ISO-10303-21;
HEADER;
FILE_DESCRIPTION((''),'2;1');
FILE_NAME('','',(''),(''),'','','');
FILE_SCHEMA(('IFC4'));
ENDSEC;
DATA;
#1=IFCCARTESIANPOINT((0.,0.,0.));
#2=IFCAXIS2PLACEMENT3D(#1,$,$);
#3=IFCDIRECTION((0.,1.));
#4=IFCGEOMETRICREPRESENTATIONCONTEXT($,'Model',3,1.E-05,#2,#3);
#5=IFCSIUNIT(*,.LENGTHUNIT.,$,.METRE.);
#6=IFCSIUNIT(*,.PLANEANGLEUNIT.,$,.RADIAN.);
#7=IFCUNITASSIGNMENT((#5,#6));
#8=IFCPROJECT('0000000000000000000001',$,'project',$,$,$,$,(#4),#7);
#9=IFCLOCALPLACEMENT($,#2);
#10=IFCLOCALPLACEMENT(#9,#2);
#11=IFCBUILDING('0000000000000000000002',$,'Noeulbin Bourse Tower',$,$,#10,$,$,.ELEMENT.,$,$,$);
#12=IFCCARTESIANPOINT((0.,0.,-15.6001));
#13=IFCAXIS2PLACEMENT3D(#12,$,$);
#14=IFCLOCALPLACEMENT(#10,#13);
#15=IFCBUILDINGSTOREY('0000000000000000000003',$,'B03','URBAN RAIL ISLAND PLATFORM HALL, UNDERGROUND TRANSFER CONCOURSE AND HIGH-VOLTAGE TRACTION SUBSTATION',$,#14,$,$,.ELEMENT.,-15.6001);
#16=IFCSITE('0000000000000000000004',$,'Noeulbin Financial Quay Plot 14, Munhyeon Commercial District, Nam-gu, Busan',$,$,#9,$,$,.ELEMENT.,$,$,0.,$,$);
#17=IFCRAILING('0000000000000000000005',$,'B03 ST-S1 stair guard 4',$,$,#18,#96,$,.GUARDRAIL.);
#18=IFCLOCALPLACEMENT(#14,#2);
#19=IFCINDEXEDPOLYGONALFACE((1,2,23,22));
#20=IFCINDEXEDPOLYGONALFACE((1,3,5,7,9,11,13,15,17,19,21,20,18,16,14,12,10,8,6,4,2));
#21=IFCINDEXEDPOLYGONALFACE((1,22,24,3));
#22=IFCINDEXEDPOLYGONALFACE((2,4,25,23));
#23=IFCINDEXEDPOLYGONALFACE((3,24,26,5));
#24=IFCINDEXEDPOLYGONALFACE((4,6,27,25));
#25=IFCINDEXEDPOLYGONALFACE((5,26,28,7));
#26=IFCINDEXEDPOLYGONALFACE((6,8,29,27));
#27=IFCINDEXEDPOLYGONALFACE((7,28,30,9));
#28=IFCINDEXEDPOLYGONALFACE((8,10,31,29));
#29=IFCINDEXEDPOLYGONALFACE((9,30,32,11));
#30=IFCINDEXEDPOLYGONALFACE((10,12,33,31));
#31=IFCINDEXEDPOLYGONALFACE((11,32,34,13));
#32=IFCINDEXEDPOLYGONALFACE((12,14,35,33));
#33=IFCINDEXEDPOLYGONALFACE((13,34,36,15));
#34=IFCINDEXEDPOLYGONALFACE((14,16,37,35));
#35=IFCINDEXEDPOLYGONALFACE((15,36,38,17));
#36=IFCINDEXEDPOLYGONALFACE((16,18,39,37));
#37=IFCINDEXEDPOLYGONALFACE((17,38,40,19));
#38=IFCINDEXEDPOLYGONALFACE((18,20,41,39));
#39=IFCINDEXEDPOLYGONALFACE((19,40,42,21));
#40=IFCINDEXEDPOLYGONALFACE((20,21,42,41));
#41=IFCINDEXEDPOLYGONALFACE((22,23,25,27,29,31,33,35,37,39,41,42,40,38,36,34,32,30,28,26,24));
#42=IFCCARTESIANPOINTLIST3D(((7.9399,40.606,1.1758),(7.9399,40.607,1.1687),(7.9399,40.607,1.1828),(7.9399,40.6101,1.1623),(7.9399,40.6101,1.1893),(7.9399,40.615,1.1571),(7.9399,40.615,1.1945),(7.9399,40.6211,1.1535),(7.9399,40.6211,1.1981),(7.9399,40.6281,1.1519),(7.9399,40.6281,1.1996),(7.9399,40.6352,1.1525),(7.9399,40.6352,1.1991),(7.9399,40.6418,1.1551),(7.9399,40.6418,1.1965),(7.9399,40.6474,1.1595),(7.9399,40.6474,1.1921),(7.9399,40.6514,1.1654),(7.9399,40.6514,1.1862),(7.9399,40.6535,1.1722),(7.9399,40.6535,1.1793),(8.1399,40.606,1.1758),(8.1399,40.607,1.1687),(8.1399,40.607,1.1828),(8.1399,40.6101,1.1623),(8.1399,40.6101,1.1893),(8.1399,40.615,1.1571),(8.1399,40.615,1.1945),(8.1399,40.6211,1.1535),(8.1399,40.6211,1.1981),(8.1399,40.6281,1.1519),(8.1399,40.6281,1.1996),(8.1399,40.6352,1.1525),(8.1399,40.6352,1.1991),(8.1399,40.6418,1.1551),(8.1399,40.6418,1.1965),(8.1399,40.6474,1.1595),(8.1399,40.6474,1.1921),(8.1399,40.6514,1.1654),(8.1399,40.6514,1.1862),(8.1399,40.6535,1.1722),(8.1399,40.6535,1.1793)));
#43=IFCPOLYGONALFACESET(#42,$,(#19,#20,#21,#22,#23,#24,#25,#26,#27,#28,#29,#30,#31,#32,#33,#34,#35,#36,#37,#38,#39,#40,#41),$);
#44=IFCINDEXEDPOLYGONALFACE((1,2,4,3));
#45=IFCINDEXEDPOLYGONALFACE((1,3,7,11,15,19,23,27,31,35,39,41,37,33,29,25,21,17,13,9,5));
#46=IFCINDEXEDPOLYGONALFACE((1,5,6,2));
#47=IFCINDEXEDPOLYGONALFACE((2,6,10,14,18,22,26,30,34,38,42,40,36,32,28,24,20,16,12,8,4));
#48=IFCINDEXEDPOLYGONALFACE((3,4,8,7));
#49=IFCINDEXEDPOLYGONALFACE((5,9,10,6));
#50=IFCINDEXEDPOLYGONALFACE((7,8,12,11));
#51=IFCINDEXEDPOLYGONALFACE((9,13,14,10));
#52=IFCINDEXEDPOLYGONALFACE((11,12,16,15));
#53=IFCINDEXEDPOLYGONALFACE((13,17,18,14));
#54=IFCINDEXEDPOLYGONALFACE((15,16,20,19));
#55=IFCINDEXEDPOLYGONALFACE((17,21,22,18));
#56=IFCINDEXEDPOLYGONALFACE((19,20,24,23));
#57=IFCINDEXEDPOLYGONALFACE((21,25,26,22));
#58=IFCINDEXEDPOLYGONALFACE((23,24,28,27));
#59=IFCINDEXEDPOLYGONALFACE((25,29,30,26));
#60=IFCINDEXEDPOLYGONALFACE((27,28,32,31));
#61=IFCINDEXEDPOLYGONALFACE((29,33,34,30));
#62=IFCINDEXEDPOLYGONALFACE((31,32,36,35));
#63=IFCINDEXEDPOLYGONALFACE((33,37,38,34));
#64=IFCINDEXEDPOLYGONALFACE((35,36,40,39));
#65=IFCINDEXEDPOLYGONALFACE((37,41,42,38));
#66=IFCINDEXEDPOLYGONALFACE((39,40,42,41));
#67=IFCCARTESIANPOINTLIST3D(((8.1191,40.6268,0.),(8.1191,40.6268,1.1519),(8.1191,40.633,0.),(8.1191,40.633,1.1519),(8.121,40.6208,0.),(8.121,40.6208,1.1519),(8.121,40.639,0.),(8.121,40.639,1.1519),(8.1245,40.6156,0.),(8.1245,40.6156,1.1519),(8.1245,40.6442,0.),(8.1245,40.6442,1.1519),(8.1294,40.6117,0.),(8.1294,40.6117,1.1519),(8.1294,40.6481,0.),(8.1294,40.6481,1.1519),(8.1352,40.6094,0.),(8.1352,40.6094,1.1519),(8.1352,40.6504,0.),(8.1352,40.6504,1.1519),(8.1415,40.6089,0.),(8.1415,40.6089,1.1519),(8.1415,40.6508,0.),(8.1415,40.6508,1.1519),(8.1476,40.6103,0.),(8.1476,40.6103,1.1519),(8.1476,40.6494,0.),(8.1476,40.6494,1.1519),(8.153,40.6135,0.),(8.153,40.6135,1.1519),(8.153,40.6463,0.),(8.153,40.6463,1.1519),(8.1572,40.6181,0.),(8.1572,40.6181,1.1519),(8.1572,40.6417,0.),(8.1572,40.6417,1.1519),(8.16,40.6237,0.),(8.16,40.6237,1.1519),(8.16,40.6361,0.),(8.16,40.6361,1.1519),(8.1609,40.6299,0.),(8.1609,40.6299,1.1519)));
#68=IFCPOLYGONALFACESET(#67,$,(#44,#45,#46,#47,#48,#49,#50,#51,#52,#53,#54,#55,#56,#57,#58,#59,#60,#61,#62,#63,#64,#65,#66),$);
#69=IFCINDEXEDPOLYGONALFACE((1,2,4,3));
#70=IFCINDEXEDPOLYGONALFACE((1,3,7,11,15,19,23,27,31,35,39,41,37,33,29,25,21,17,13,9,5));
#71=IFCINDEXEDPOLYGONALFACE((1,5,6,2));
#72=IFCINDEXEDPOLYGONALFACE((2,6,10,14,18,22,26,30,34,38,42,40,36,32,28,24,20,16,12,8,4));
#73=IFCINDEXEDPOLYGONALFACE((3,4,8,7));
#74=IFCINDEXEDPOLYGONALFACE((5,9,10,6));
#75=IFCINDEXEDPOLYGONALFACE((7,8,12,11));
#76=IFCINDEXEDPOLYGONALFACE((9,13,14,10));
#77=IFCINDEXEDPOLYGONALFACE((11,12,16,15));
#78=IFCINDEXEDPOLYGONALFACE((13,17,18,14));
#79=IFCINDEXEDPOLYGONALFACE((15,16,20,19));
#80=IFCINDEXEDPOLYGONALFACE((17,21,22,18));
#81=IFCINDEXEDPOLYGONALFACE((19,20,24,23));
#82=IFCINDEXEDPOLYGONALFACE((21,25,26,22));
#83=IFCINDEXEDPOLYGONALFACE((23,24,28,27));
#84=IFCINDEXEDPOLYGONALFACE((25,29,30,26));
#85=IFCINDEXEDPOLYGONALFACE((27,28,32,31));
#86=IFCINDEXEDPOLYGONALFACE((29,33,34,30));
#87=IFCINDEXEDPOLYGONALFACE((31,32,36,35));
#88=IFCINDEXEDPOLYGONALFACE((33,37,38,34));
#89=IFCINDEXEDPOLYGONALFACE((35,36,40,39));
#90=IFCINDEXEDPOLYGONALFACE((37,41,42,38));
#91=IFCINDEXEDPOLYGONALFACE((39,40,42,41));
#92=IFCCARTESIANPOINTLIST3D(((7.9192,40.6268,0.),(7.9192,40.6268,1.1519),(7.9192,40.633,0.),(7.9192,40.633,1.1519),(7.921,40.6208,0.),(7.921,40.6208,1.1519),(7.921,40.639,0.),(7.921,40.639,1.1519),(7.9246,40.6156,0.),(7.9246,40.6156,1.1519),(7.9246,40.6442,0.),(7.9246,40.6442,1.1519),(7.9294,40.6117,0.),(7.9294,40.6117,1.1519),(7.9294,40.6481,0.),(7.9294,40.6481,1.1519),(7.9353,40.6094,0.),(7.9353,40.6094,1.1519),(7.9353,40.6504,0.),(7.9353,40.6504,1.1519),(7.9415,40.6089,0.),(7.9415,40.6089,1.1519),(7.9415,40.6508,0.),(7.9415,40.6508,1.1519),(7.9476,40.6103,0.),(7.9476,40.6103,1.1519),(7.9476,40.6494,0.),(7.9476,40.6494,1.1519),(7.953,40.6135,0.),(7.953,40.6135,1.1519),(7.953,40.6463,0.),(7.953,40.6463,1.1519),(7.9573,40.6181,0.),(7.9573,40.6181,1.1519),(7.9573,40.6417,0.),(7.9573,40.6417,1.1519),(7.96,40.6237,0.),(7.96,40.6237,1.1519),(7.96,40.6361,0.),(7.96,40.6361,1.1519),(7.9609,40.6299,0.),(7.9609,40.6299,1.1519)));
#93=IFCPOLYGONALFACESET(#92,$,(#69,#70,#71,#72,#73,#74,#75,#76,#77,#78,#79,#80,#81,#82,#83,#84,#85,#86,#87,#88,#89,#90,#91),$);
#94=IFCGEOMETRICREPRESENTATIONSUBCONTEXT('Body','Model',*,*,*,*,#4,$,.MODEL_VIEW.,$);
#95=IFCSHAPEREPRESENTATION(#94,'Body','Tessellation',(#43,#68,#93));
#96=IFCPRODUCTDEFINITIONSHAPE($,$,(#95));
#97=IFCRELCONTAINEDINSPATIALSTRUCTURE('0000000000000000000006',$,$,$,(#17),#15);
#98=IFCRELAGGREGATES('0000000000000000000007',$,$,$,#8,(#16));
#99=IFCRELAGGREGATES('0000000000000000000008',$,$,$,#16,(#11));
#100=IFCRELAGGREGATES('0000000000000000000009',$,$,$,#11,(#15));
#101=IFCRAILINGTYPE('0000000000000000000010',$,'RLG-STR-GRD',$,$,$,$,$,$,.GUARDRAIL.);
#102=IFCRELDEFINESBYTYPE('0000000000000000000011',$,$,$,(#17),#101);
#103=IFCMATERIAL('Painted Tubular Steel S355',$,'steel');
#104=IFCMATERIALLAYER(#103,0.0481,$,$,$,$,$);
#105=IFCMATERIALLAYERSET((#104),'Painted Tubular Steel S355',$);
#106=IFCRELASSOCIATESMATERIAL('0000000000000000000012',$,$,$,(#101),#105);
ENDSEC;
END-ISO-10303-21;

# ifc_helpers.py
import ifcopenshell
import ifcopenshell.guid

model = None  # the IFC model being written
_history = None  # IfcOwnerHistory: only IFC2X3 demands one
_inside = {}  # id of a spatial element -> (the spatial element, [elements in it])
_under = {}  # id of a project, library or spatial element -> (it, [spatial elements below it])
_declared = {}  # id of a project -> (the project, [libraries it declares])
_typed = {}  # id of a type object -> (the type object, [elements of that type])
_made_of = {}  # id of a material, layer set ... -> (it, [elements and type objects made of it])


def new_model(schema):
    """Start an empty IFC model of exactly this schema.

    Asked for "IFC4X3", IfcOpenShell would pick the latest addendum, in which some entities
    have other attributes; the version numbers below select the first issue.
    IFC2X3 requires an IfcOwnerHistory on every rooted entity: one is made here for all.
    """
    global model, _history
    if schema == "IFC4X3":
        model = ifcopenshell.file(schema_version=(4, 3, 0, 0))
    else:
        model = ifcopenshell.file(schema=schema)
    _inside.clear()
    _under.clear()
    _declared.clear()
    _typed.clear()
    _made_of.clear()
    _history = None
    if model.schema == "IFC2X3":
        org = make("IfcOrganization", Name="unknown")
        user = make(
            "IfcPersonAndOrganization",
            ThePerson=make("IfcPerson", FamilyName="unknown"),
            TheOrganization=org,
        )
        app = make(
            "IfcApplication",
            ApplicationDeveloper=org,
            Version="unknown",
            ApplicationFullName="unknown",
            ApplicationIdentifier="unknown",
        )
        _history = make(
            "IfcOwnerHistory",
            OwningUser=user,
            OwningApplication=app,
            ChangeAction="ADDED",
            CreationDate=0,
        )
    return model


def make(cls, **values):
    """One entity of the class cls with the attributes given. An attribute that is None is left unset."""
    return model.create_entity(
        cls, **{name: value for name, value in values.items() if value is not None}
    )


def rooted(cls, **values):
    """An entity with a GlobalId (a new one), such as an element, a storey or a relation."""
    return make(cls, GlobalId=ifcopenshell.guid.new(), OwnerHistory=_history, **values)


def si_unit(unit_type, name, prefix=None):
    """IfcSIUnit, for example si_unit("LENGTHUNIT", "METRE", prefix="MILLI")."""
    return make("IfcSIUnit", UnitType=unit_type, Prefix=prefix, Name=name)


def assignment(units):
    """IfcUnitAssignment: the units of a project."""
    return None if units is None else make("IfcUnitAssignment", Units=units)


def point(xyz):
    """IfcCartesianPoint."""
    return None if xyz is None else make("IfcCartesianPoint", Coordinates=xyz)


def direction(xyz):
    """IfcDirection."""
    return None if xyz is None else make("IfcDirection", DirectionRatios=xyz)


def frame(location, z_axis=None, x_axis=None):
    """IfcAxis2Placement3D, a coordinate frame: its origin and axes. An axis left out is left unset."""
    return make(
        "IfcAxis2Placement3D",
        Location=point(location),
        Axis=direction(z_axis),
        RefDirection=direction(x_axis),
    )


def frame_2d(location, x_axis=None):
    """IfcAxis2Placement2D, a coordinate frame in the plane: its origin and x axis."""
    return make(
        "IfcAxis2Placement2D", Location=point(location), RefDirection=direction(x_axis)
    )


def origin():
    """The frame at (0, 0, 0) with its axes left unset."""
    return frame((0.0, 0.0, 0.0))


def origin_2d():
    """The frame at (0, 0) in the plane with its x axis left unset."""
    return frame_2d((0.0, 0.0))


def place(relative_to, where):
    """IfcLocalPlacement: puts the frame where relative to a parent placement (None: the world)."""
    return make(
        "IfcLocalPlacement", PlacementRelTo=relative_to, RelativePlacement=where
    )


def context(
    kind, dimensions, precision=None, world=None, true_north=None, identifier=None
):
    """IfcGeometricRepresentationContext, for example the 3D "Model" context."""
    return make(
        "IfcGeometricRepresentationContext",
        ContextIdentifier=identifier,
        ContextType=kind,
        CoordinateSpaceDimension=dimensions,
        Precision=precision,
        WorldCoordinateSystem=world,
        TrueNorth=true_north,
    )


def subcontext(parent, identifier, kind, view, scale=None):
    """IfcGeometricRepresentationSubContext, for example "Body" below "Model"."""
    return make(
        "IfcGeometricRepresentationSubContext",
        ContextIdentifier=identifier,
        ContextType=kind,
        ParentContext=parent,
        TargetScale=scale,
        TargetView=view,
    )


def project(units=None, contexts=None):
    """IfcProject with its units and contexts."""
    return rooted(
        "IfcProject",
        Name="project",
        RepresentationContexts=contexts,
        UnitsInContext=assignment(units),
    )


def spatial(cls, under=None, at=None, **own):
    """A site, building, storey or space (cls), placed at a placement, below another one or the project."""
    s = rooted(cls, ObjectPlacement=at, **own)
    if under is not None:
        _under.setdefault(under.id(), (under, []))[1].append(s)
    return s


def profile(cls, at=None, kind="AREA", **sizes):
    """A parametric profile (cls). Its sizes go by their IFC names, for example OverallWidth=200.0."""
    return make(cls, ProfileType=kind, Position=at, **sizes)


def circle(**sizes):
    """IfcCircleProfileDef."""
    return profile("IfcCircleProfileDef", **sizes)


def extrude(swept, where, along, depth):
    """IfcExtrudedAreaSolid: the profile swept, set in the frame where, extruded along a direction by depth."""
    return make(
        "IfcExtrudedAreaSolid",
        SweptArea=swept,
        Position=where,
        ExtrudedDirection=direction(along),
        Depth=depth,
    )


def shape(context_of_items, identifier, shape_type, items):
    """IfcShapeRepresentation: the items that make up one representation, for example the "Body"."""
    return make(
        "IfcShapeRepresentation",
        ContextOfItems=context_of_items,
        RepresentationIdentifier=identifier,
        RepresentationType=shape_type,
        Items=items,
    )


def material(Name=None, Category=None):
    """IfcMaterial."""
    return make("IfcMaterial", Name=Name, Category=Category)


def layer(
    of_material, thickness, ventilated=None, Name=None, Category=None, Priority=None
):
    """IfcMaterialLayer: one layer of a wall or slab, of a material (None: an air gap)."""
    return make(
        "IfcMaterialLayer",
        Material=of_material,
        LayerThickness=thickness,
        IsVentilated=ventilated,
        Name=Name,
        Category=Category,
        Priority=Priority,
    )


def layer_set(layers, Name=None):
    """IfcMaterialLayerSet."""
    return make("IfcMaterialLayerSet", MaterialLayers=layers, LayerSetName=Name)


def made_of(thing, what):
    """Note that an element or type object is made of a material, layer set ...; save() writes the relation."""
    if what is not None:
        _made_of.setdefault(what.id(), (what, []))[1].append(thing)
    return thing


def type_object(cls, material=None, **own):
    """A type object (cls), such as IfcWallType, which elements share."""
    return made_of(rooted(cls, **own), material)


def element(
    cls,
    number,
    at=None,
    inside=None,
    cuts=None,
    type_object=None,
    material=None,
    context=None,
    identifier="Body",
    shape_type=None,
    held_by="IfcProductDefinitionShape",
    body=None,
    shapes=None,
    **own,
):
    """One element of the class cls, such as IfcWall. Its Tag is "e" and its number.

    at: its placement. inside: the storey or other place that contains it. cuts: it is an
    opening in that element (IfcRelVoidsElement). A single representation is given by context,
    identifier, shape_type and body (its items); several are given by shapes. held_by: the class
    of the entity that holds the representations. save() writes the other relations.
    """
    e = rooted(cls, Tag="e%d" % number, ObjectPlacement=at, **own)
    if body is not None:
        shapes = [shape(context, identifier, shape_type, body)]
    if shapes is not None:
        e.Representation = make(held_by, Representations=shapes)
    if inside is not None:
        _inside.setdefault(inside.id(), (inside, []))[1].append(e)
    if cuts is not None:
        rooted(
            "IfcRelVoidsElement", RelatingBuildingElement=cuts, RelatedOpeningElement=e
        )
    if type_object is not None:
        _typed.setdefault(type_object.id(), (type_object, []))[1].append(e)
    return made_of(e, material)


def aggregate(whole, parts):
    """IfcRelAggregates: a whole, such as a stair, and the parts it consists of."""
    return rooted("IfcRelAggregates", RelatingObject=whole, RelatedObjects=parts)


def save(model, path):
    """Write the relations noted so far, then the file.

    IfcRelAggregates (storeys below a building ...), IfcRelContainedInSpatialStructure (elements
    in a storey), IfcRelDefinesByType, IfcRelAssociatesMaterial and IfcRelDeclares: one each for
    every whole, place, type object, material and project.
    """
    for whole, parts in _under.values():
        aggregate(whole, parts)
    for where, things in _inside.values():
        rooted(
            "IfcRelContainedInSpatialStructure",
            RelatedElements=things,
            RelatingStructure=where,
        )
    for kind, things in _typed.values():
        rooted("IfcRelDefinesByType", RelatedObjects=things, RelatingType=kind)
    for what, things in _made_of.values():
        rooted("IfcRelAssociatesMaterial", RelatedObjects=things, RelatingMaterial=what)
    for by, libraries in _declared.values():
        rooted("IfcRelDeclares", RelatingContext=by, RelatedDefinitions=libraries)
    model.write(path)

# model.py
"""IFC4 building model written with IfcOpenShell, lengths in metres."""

from ifc_helpers import new_model, si_unit, direction, frame, origin, origin_2d, place, context, subcontext, project, spatial, circle, extrude, material, layer, layer_set, type_object, element, save


model = new_model("IFC4")

# Units and contexts
model_context = context("Model", 3, precision=1e-05, world=origin(), true_north=direction((0.0, 1.0)))
body_context = subcontext(model_context, "Body", "Model", "MODEL_VIEW")
ifc_project = project(units=[si_unit("LENGTHUNIT", "METRE"), si_unit("PLANEANGLEUNIT", "RADIAN")], contexts=[model_context])

# Site, building, storey
site_placement = place(None, origin())
site = spatial("IfcSite", under=ifc_project, at=site_placement, Name="Noeulbin Financial Quay Plot 14, Munhyeon Commercial District, Nam-gu, Busan", CompositionType="ELEMENT", RefElevation=0.0)
building_placement = place(site_placement, origin())
building = spatial("IfcBuilding", under=site, at=building_placement, Name="Noeulbin Bourse Tower", CompositionType="ELEMENT")
storey_placement = place(building_placement, frame((0.0, 0.0, -15.6001)))
storey = spatial("IfcBuildingStorey", under=building, at=storey_placement, Name="B03", Description="URBAN RAIL ISLAND PLATFORM HALL, UNDERGROUND TRANSFER CONCOURSE AND HIGH-VOLTAGE TRACTION SUBSTATION", CompositionType="ELEMENT", Elevation=-15.6001)

# Railing
ifc_material_1 = material(Name="Painted Tubular Steel S355", Category="steel")
ifc_layer_1 = layer(ifc_material_1, 0.0481)
ifc_layer_set_1 = layer_set([ifc_layer_1], Name="Painted Tubular Steel S355")
railing_type_1 = type_object("IfcRailingType", Name="RLG-STR-GRD", PredefinedType="GUARDRAIL", material=ifc_layer_set_1)
railing_1_placement = place(storey_placement, frame((8.1399, 40.6299, 0.0)))
element("IfcRailing", 1, at=railing_1_placement, inside=storey, type_object=railing_type_1, Name="B03 ST-S1 stair guard 4", PredefinedType="GUARDRAIL", context=body_context, shape_type="SweptSolid", body=[
    extrude(circle(Radius=0.0239, at=origin_2d()), frame((0.0, 0.0, 1.1758), z_axis=(-1.0, 0.0, 0.0), x_axis=(0.0, -1.0, 0.0)), (0.0, 0.0, 1.0), 0.2),
    extrude(circle(Radius=0.021, at=origin_2d()), origin(), (0.0, 0.0, 1.0), 1.1519),
    extrude(circle(Radius=0.021, at=origin_2d()), frame((-0.2, 0.0, 0.0)), (0.0, 0.0, 1.0), 1.1519),
])

save(model, "model.ifc")
